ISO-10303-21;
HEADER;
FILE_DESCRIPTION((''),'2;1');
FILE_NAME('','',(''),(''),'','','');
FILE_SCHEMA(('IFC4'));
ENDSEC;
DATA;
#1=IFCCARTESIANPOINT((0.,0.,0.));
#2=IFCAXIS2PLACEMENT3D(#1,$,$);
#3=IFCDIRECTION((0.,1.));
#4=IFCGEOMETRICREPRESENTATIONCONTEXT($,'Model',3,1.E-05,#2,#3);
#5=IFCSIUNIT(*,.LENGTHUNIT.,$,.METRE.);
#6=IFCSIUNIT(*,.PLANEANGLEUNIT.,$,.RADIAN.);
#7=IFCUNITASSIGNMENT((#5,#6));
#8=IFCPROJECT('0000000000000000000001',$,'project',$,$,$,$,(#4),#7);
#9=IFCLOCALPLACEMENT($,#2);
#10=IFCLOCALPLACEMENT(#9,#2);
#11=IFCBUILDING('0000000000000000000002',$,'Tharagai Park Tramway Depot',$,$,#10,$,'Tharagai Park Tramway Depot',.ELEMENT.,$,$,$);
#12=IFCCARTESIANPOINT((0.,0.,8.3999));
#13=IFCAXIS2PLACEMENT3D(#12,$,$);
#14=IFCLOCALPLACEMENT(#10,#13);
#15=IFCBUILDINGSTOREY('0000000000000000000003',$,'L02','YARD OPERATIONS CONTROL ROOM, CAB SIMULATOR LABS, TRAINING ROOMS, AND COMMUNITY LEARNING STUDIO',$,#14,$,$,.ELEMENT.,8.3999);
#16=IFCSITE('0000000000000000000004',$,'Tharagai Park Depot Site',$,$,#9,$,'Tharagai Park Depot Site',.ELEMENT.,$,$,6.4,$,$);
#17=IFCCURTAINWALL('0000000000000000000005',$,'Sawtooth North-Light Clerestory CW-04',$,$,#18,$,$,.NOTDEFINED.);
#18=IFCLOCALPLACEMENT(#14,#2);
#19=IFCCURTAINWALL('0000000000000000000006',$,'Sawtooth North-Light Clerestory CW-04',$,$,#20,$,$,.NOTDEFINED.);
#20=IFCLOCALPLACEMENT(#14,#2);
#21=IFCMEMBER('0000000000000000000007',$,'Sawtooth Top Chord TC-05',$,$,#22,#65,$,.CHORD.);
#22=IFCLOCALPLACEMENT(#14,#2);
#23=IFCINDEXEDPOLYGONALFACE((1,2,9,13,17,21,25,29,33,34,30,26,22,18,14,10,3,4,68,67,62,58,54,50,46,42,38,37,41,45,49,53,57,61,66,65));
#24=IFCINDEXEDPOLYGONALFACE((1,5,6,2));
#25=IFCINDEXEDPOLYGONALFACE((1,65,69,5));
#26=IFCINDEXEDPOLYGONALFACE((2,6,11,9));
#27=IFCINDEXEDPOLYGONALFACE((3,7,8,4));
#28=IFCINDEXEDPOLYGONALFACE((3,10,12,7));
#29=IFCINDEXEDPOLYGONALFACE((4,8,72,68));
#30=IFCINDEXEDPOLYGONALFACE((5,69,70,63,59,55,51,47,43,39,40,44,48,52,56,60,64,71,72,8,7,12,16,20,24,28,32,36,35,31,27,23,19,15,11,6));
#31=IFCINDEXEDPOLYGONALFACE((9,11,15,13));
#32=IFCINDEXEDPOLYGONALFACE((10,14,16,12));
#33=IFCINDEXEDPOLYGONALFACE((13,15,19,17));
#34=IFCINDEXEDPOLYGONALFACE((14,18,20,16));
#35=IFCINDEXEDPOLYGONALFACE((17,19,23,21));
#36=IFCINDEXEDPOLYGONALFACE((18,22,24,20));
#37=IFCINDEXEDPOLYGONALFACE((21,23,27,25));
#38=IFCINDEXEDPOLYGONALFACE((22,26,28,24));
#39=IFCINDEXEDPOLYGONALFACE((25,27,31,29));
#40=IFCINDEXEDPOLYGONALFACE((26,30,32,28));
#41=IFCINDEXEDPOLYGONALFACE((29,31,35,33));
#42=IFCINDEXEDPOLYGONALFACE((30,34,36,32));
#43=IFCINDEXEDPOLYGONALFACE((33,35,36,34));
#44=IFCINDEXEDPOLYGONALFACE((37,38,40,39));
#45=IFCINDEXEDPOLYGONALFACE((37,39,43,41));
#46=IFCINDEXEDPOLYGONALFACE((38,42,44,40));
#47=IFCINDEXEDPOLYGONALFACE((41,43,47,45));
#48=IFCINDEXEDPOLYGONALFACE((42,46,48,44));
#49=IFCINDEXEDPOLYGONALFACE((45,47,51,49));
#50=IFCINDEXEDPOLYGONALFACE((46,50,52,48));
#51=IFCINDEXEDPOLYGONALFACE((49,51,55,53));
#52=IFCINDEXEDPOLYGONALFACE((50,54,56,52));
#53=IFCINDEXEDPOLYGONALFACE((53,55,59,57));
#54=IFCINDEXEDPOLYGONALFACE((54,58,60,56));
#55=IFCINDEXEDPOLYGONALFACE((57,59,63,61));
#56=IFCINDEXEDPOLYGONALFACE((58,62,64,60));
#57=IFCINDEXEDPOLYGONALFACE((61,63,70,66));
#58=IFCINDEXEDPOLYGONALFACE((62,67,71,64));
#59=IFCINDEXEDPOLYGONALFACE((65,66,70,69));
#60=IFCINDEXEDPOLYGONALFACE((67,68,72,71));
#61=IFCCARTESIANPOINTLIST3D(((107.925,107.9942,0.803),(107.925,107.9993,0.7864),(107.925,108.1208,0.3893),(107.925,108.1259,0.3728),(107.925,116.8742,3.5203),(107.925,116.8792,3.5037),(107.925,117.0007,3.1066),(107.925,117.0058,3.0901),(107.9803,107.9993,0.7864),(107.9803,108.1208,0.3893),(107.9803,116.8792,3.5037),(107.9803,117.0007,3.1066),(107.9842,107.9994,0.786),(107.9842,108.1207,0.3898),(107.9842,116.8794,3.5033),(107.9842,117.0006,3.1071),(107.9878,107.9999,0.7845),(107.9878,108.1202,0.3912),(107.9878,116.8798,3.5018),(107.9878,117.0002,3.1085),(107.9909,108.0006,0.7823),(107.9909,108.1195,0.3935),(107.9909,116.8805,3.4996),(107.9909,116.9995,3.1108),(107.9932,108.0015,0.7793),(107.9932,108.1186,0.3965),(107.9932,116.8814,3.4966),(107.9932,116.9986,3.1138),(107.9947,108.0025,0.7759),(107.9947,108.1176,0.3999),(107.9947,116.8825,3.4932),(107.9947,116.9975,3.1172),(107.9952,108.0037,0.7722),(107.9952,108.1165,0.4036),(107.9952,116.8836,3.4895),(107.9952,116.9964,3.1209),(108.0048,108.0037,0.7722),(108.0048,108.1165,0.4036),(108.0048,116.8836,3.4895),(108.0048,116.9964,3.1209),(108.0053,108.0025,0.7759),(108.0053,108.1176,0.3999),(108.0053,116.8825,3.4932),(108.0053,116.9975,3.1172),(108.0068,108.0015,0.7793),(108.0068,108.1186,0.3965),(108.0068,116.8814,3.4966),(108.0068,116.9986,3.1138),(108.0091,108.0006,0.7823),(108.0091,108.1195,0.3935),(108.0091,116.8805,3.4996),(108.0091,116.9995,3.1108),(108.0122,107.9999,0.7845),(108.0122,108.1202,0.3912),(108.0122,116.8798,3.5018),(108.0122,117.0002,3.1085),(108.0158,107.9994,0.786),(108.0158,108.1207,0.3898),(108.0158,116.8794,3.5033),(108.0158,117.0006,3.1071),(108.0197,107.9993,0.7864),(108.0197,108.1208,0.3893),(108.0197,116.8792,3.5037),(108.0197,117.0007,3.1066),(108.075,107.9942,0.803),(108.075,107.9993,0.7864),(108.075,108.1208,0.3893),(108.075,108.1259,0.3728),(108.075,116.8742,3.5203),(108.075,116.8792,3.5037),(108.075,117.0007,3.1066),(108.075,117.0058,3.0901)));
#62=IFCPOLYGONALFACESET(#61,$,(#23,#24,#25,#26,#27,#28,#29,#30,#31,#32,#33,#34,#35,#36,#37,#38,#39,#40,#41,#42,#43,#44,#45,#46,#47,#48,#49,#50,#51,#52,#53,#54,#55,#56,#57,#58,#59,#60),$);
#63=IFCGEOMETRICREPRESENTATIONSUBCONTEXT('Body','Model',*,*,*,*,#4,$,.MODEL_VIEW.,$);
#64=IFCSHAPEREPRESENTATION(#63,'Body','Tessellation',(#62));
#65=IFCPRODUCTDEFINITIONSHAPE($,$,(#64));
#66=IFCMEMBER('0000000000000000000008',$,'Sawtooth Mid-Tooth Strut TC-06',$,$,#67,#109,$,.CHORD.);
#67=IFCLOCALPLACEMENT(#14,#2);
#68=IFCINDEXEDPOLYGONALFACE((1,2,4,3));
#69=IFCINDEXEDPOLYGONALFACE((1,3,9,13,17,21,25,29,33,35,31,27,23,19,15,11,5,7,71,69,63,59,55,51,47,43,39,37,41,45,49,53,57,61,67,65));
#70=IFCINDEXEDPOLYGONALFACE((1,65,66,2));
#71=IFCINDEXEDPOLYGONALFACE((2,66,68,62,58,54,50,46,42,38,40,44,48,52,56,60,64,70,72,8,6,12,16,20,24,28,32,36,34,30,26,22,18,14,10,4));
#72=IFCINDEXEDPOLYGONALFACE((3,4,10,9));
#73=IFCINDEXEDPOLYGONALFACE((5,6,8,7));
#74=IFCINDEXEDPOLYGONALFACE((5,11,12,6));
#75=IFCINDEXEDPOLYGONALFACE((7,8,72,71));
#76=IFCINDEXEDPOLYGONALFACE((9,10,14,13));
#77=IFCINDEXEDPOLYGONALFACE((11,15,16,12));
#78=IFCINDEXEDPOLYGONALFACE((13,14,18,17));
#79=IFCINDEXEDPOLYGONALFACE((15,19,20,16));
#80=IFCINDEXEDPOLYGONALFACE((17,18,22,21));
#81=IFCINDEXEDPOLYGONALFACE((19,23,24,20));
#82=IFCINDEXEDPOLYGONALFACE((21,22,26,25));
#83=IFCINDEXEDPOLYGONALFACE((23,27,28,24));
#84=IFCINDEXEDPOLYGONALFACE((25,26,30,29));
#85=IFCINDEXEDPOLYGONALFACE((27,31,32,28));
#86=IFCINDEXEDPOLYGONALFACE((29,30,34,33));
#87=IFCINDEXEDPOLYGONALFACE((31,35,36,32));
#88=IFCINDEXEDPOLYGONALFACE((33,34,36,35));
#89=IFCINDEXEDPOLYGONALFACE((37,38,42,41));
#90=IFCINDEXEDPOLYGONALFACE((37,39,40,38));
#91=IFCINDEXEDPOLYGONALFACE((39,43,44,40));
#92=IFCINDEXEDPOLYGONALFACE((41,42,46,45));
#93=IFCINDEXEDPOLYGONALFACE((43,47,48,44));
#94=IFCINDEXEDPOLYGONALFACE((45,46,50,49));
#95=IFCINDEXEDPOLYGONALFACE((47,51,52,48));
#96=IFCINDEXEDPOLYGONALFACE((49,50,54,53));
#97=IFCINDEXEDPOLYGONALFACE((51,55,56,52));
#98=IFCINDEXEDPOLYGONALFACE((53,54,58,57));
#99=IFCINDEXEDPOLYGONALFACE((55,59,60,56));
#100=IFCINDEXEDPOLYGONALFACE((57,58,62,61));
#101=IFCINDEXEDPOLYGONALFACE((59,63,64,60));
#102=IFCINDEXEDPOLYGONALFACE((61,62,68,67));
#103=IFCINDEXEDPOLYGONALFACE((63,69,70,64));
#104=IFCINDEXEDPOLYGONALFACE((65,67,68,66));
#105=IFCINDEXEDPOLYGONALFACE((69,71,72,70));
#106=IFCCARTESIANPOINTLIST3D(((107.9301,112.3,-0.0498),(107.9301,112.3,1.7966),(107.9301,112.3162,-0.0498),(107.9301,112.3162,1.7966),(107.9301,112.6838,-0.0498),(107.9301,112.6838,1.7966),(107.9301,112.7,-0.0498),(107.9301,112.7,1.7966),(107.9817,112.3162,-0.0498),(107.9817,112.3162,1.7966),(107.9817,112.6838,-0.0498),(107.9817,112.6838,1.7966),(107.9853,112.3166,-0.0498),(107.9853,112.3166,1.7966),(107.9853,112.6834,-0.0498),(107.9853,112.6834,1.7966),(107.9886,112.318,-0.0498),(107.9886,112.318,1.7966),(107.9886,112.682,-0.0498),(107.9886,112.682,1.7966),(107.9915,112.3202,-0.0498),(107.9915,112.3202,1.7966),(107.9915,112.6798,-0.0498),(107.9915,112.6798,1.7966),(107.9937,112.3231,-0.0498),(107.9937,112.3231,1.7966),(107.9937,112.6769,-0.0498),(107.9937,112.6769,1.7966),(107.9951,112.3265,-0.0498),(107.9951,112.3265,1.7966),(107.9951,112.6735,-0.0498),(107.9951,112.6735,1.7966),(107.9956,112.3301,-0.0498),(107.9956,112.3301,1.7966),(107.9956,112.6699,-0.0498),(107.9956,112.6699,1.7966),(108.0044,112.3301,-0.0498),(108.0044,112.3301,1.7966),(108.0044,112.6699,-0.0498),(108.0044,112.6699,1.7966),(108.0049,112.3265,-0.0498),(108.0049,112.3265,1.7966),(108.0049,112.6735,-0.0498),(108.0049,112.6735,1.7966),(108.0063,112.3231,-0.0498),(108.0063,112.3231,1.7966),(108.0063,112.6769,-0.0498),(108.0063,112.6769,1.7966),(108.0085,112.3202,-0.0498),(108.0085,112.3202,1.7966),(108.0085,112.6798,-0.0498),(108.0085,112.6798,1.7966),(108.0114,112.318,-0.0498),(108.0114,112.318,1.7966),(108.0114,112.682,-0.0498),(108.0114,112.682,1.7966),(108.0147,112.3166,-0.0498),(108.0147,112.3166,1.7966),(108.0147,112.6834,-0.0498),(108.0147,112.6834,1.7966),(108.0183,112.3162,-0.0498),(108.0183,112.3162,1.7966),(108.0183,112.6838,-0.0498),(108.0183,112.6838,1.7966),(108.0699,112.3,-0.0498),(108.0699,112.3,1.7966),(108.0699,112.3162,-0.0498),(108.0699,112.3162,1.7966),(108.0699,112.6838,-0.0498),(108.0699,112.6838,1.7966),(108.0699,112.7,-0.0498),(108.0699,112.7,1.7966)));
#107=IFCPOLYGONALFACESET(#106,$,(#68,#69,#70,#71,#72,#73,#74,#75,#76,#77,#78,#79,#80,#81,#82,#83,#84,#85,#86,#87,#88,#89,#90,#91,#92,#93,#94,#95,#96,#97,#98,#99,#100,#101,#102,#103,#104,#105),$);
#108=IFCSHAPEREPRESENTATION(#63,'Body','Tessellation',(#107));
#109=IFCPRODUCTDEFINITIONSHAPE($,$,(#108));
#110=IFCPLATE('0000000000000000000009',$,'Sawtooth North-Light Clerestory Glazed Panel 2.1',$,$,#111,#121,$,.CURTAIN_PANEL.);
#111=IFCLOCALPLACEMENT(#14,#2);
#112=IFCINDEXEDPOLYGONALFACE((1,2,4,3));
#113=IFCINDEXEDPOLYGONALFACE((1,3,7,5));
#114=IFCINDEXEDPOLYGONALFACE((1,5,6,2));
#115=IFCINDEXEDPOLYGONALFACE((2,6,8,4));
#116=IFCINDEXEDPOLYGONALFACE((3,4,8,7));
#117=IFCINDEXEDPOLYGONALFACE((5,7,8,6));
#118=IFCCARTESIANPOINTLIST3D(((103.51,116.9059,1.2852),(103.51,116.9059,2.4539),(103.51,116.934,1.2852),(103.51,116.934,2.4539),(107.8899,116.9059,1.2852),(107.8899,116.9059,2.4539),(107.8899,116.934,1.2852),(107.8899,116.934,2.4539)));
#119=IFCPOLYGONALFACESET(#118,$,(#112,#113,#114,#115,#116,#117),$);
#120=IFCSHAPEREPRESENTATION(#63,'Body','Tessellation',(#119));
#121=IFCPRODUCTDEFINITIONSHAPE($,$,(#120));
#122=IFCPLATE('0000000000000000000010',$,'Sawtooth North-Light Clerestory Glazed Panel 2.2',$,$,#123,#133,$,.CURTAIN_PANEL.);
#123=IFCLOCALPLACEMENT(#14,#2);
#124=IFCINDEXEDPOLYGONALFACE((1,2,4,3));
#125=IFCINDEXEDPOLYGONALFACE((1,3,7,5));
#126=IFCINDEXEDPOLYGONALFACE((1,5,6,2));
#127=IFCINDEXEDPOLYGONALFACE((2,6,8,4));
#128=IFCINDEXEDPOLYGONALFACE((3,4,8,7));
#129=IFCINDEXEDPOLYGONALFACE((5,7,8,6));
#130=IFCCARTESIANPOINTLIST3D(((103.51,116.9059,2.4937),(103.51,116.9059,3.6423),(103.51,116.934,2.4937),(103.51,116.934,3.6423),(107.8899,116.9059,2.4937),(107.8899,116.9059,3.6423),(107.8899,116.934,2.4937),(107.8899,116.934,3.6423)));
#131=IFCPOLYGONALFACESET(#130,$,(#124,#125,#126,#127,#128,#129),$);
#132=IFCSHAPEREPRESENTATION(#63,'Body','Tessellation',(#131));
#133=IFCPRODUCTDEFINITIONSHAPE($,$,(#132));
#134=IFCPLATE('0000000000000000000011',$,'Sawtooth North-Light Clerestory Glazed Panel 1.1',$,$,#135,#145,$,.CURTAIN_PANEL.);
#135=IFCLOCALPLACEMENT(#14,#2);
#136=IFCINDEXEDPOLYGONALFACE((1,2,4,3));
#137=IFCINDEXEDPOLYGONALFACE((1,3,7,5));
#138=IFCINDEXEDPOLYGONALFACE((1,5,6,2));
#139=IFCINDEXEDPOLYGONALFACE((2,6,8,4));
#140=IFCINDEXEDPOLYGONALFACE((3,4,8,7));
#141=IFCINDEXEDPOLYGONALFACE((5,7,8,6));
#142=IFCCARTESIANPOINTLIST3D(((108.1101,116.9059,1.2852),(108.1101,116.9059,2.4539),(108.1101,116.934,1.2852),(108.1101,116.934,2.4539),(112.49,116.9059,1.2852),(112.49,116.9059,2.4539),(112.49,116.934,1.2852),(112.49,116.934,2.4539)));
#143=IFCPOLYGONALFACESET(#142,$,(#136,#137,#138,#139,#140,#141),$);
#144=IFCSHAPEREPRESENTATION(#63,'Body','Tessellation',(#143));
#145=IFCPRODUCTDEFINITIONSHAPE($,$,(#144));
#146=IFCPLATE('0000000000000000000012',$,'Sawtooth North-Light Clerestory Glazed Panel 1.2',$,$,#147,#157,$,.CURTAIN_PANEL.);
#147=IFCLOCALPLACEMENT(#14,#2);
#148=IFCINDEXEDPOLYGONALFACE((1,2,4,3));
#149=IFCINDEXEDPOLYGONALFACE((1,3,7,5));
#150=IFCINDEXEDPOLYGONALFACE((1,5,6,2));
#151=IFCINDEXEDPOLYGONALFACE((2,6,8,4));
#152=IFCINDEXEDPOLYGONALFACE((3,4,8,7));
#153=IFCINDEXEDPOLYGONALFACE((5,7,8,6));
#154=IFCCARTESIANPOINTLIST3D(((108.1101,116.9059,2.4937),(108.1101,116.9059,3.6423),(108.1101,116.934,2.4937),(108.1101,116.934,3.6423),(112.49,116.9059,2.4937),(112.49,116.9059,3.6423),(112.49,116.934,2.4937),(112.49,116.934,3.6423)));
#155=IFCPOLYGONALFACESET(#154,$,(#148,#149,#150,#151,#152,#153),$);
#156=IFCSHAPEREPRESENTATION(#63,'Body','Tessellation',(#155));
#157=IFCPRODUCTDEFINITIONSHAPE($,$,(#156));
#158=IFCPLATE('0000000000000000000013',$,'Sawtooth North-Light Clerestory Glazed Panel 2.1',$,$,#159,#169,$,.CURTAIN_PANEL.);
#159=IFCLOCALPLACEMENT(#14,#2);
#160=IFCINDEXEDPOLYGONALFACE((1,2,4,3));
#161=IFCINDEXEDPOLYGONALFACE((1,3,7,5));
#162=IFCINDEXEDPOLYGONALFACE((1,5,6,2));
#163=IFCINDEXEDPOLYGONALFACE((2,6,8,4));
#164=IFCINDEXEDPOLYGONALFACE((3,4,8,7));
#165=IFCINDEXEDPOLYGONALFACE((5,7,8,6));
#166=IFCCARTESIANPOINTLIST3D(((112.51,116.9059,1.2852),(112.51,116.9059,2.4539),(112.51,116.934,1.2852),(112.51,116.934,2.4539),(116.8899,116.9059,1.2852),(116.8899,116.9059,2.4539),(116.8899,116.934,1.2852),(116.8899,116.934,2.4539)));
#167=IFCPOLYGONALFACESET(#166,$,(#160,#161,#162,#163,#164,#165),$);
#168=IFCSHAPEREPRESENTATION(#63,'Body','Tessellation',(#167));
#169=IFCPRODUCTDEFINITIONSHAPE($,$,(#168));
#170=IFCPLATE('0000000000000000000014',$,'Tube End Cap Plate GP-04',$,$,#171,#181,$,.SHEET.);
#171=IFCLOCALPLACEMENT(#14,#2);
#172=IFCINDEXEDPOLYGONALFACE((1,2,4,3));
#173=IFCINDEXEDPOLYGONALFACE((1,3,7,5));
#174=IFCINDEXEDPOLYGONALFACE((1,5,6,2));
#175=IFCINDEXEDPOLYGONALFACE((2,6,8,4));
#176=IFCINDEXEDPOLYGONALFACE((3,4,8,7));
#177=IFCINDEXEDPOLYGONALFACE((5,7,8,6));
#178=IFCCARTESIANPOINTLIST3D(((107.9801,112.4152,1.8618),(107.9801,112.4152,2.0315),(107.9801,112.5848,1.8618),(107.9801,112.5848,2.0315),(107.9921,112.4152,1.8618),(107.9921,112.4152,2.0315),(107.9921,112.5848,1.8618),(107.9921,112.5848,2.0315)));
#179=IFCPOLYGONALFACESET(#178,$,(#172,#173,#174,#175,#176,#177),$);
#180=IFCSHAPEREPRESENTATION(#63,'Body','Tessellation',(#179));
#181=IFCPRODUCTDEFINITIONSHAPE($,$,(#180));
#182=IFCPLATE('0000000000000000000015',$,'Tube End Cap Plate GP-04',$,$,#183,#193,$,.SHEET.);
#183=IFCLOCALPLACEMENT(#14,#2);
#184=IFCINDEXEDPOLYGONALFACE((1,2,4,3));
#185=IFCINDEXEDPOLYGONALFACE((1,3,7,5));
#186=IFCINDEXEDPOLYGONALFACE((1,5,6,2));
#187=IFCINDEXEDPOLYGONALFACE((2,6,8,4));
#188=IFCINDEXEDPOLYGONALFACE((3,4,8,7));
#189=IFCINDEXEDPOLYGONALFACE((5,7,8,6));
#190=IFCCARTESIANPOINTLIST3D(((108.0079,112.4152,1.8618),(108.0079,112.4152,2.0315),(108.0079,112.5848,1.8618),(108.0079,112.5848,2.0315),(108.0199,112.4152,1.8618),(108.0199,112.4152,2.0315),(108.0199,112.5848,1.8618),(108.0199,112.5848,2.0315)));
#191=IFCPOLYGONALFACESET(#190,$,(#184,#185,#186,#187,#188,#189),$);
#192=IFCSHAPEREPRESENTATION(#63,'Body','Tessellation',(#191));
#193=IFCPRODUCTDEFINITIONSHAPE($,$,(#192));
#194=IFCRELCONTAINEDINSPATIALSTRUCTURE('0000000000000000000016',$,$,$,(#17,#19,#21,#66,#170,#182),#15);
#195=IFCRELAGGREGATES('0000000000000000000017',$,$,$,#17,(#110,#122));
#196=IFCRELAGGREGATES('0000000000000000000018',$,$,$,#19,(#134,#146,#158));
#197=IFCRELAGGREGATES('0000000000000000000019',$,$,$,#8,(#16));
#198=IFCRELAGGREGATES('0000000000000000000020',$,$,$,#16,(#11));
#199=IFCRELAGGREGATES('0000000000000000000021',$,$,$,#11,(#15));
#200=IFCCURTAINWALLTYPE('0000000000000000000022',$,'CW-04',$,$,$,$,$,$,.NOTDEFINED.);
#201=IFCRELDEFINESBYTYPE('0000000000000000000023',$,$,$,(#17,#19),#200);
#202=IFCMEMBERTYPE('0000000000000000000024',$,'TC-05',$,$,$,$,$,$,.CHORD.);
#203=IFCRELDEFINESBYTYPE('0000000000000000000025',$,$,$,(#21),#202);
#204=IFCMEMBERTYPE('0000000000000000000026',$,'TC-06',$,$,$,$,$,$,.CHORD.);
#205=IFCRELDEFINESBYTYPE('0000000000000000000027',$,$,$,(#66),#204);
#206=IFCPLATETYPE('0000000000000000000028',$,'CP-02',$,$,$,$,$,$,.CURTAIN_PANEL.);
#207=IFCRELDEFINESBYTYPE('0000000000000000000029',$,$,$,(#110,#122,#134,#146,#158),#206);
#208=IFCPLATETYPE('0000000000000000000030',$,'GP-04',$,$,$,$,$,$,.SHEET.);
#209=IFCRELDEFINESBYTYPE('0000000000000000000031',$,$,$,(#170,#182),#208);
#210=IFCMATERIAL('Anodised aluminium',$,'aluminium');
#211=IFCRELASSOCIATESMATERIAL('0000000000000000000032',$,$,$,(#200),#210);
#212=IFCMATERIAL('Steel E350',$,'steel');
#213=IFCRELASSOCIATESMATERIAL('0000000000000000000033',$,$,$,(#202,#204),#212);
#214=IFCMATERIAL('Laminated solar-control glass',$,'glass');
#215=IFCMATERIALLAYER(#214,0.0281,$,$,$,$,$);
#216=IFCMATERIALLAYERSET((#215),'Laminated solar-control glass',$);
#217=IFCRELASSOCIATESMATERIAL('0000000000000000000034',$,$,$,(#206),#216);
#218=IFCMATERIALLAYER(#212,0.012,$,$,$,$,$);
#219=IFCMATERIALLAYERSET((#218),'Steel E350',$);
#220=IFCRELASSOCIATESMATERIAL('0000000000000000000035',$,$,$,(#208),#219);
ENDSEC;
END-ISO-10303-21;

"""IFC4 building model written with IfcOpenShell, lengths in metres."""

from ifc_helpers import new_model, si_unit, direction, frame, origin, origin_2d, place, context, subcontext, project, spatial, rectangle, i_section, extrude, material, layer, layer_set, material_profile, profile_set, type_object, element, aggregate, save


model = new_model("IFC4")

# Units and contexts
model_context = context("Model", 3, precision=1e-05, world=origin(), true_north=direction((0.0, 1.0)))
body_context = subcontext(model_context, "Body", "Model", "MODEL_VIEW")
ifc_project = project(units=[si_unit("LENGTHUNIT", "METRE"), si_unit("PLANEANGLEUNIT", "RADIAN")], contexts=[model_context])

# Site, building, storey
site_placement = place(None, origin())
site = spatial("IfcSite", under=ifc_project, at=site_placement, Name="Tharagai Park Depot Site", LongName="Tharagai Park Depot Site", CompositionType="ELEMENT", RefElevation=6.4)
building_placement = place(site_placement, origin())
building = spatial("IfcBuilding", under=site, at=building_placement, Name="Tharagai Park Tramway Depot", LongName="Tharagai Park Tramway Depot", CompositionType="ELEMENT")
storey_placement = place(building_placement, frame((0.0, 0.0, 8.3999)))
storey = spatial("IfcBuildingStorey", under=building, at=storey_placement, Name="L02", Description="YARD OPERATIONS CONTROL ROOM, CAB SIMULATOR LABS, TRAINING ROOMS, AND COMMUNITY LEARNING STUDIO", CompositionType="ELEMENT", Elevation=8.3999)

# Shared definitions
ifc_material_1 = material(Name="Steel E350", Category="steel")

# Curtain wall
ifc_material_2 = material(Name="Anodised aluminium", Category="aluminium")
curtain_wall_type = type_object("IfcCurtainWallType", Name="CW-04", PredefinedType="NOTDEFINED", material=ifc_material_2)
curtain_wall_1_placement = place(storey_placement, origin())
curtain_wall_1 = element("IfcCurtainWall", 1, at=curtain_wall_1_placement, inside=storey, type_object=curtain_wall_type, Name="Sawtooth North-Light Clerestory CW-04", PredefinedType="NOTDEFINED")

# Curtain wall
curtain_wall_2_placement = place(storey_placement, origin())
curtain_wall_2 = element("IfcCurtainWall", 2, at=curtain_wall_2_placement, inside=storey, type_object=curtain_wall_type, Name="Sawtooth North-Light Clerestory CW-04", PredefinedType="NOTDEFINED")

# Members
ifc_material_profile_1 = material_profile(ifc_material_1, i_section(OverallWidth=0.1499, OverallDepth=0.45, WebThickness=0.0095, FlangeThickness=0.0173, FilletRadius=0.0149, at=origin_2d()), Name="ISMB 450")
ifc_profile_set_1 = profile_set([ifc_material_profile_1], Name="Steel E350")
member_type_1 = type_object("IfcMemberType", Name="TC-05", PredefinedType="CHORD", material=ifc_profile_set_1)
member_1_placement = place(storey_placement, frame((108.0, 108.0601, 0.5879), z_axis=(0.0, 0.956231, 0.292611), x_axis=(-1.0, 0.0, 0.0)))
element("IfcMember", 3, at=member_1_placement, inside=storey, type_object=member_type_1, Name="Sawtooth Top Chord TC-05", PredefinedType="CHORD", context=body_context, shape_type="SweptSolid", body=[
    extrude(i_section(OverallWidth=0.1499, OverallDepth=0.45, WebThickness=0.0095, FlangeThickness=0.0173, FilletRadius=0.0149, at=origin_2d()), origin(), (0.0, 0.0, 1.0), 9.2864),
])
ifc_material_profile_2 = material_profile(ifc_material_1, i_section(OverallWidth=0.1399, OverallDepth=0.3999, WebThickness=0.0088, FlangeThickness=0.0161, FilletRadius=0.0139, at=origin_2d()), Name="ISMB 400")
ifc_profile_set_2 = profile_set([ifc_material_profile_2], Name="Steel E350")
member_type_2 = type_object("IfcMemberType", Name="TC-06", PredefinedType="CHORD", material=ifc_profile_set_2)
member_2_placement = place(storey_placement, frame((108.0, 112.5, -0.0498), z_axis=(0.0, 0.0, 1.0), x_axis=(1.0, 0.0, 0.0)))
element("IfcMember", 4, at=member_2_placement, inside=storey, type_object=member_type_2, Name="Sawtooth Mid-Tooth Strut TC-06", PredefinedType="CHORD", context=body_context, shape_type="SweptSolid", body=[
    extrude(i_section(OverallWidth=0.1399, OverallDepth=0.3999, WebThickness=0.0088, FlangeThickness=0.0161, FilletRadius=0.0139, at=origin_2d()), origin(), (0.0, 0.0, 1.0), 1.8464),
])

# Plates
ifc_material_3 = material(Name="Laminated solar-control glass", Category="glass")
ifc_layer_1 = layer(ifc_material_3, 0.0281)
ifc_layer_set_1 = layer_set([ifc_layer_1], Name="Laminated solar-control glass")
plate_type_1 = type_object("IfcPlateType", Name="CP-02", PredefinedType="CURTAIN_PANEL", material=ifc_layer_set_1)
plate_1_placement = place(storey_placement, frame((105.7, 116.9199, 1.2852), z_axis=(0.0, 0.0, 1.0), x_axis=(1.0, 0.0, 0.0)))
plate_1 = element("IfcPlate", 5, at=plate_1_placement, type_object=plate_type_1, Name="Sawtooth North-Light Clerestory Glazed Panel 2.1", PredefinedType="CURTAIN_PANEL", context=body_context, shape_type="SweptSolid", body=[
    extrude(rectangle(XDim=4.3799, YDim=0.0281, at=origin_2d()), origin(), (0.0, 0.0, 1.0), 1.1687),
])
plate_2_placement = place(storey_placement, frame((105.7, 116.9199, 2.4937), z_axis=(0.0, 0.0, 1.0), x_axis=(1.0, 0.0, 0.0)))
plate_2 = element("IfcPlate", 6, at=plate_2_placement, type_object=plate_type_1, Name="Sawtooth North-Light Clerestory Glazed Panel 2.2", PredefinedType="CURTAIN_PANEL", context=body_context, shape_type="SweptSolid", body=[
    extrude(rectangle(XDim=4.3799, YDim=0.0281, at=origin_2d()), origin(), (0.0, 0.0, 1.0), 1.1487),
])
aggregate(curtain_wall_1, [plate_1, plate_2])
plate_3_placement = place(storey_placement, frame((110.3, 116.9199, 1.2852), z_axis=(0.0, 0.0, 1.0), x_axis=(1.0, 0.0, 0.0)))
plate_3 = element("IfcPlate", 7, at=plate_3_placement, type_object=plate_type_1, Name="Sawtooth North-Light Clerestory Glazed Panel 1.1", PredefinedType="CURTAIN_PANEL", context=body_context, shape_type="SweptSolid", body=[
    extrude(rectangle(XDim=4.3799, YDim=0.0281, at=origin_2d()), origin(), (0.0, 0.0, 1.0), 1.1687),
])
plate_4_placement = place(storey_placement, frame((110.3, 116.9199, 2.4937), z_axis=(0.0, 0.0, 1.0), x_axis=(1.0, 0.0, 0.0)))
plate_4 = element("IfcPlate", 8, at=plate_4_placement, type_object=plate_type_1, Name="Sawtooth North-Light Clerestory Glazed Panel 1.2", PredefinedType="CURTAIN_PANEL", context=body_context, shape_type="SweptSolid", body=[
    extrude(rectangle(XDim=4.3799, YDim=0.0281, at=origin_2d()), origin(), (0.0, 0.0, 1.0), 1.1487),
])
plate_5_placement = place(storey_placement, frame((114.7, 116.9199, 1.2852), z_axis=(0.0, 0.0, 1.0), x_axis=(1.0, 0.0, 0.0)))
plate_5 = element("IfcPlate", 9, at=plate_5_placement, type_object=plate_type_1, Name="Sawtooth North-Light Clerestory Glazed Panel 2.1", PredefinedType="CURTAIN_PANEL", context=body_context, shape_type="SweptSolid", body=[
    extrude(rectangle(XDim=4.3799, YDim=0.0281, at=origin_2d()), origin(), (0.0, 0.0, 1.0), 1.1687),
])
aggregate(curtain_wall_2, [plate_3, plate_4, plate_5])

# Plates
ifc_layer_2 = layer(ifc_material_1, 0.012)
ifc_layer_set_2 = layer_set([ifc_layer_2], Name="Steel E350")
plate_type_2 = type_object("IfcPlateType", Name="GP-04", PredefinedType="SHEET", material=ifc_layer_set_2)
for number, where, z_axis, x_axis, name in (
    (10, (107.9861, 112.5, 1.8618), (0.0, 0.0, 1.0), (1.0, 0.0, 0.0), "Tube End Cap Plate GP-04"),
    (11, (108.0139, 112.5, 1.8618), (0.0, 0.0, 1.0), (1.0, 0.0, 0.0), "Tube End Cap Plate GP-04"),
):
    element("IfcPlate", number, at=place(storey_placement, frame(where, z_axis=z_axis, x_axis=x_axis)), inside=storey, type_object=plate_type_2, Name=name, PredefinedType="SHEET", context=body_context, shape_type="SweptSolid", body=[
        extrude(rectangle(XDim=0.012, YDim=0.1697, at=origin_2d()), origin(), (0.0, 0.0, 1.0), 0.1697),
    ])

save(model, "model.ifc")
